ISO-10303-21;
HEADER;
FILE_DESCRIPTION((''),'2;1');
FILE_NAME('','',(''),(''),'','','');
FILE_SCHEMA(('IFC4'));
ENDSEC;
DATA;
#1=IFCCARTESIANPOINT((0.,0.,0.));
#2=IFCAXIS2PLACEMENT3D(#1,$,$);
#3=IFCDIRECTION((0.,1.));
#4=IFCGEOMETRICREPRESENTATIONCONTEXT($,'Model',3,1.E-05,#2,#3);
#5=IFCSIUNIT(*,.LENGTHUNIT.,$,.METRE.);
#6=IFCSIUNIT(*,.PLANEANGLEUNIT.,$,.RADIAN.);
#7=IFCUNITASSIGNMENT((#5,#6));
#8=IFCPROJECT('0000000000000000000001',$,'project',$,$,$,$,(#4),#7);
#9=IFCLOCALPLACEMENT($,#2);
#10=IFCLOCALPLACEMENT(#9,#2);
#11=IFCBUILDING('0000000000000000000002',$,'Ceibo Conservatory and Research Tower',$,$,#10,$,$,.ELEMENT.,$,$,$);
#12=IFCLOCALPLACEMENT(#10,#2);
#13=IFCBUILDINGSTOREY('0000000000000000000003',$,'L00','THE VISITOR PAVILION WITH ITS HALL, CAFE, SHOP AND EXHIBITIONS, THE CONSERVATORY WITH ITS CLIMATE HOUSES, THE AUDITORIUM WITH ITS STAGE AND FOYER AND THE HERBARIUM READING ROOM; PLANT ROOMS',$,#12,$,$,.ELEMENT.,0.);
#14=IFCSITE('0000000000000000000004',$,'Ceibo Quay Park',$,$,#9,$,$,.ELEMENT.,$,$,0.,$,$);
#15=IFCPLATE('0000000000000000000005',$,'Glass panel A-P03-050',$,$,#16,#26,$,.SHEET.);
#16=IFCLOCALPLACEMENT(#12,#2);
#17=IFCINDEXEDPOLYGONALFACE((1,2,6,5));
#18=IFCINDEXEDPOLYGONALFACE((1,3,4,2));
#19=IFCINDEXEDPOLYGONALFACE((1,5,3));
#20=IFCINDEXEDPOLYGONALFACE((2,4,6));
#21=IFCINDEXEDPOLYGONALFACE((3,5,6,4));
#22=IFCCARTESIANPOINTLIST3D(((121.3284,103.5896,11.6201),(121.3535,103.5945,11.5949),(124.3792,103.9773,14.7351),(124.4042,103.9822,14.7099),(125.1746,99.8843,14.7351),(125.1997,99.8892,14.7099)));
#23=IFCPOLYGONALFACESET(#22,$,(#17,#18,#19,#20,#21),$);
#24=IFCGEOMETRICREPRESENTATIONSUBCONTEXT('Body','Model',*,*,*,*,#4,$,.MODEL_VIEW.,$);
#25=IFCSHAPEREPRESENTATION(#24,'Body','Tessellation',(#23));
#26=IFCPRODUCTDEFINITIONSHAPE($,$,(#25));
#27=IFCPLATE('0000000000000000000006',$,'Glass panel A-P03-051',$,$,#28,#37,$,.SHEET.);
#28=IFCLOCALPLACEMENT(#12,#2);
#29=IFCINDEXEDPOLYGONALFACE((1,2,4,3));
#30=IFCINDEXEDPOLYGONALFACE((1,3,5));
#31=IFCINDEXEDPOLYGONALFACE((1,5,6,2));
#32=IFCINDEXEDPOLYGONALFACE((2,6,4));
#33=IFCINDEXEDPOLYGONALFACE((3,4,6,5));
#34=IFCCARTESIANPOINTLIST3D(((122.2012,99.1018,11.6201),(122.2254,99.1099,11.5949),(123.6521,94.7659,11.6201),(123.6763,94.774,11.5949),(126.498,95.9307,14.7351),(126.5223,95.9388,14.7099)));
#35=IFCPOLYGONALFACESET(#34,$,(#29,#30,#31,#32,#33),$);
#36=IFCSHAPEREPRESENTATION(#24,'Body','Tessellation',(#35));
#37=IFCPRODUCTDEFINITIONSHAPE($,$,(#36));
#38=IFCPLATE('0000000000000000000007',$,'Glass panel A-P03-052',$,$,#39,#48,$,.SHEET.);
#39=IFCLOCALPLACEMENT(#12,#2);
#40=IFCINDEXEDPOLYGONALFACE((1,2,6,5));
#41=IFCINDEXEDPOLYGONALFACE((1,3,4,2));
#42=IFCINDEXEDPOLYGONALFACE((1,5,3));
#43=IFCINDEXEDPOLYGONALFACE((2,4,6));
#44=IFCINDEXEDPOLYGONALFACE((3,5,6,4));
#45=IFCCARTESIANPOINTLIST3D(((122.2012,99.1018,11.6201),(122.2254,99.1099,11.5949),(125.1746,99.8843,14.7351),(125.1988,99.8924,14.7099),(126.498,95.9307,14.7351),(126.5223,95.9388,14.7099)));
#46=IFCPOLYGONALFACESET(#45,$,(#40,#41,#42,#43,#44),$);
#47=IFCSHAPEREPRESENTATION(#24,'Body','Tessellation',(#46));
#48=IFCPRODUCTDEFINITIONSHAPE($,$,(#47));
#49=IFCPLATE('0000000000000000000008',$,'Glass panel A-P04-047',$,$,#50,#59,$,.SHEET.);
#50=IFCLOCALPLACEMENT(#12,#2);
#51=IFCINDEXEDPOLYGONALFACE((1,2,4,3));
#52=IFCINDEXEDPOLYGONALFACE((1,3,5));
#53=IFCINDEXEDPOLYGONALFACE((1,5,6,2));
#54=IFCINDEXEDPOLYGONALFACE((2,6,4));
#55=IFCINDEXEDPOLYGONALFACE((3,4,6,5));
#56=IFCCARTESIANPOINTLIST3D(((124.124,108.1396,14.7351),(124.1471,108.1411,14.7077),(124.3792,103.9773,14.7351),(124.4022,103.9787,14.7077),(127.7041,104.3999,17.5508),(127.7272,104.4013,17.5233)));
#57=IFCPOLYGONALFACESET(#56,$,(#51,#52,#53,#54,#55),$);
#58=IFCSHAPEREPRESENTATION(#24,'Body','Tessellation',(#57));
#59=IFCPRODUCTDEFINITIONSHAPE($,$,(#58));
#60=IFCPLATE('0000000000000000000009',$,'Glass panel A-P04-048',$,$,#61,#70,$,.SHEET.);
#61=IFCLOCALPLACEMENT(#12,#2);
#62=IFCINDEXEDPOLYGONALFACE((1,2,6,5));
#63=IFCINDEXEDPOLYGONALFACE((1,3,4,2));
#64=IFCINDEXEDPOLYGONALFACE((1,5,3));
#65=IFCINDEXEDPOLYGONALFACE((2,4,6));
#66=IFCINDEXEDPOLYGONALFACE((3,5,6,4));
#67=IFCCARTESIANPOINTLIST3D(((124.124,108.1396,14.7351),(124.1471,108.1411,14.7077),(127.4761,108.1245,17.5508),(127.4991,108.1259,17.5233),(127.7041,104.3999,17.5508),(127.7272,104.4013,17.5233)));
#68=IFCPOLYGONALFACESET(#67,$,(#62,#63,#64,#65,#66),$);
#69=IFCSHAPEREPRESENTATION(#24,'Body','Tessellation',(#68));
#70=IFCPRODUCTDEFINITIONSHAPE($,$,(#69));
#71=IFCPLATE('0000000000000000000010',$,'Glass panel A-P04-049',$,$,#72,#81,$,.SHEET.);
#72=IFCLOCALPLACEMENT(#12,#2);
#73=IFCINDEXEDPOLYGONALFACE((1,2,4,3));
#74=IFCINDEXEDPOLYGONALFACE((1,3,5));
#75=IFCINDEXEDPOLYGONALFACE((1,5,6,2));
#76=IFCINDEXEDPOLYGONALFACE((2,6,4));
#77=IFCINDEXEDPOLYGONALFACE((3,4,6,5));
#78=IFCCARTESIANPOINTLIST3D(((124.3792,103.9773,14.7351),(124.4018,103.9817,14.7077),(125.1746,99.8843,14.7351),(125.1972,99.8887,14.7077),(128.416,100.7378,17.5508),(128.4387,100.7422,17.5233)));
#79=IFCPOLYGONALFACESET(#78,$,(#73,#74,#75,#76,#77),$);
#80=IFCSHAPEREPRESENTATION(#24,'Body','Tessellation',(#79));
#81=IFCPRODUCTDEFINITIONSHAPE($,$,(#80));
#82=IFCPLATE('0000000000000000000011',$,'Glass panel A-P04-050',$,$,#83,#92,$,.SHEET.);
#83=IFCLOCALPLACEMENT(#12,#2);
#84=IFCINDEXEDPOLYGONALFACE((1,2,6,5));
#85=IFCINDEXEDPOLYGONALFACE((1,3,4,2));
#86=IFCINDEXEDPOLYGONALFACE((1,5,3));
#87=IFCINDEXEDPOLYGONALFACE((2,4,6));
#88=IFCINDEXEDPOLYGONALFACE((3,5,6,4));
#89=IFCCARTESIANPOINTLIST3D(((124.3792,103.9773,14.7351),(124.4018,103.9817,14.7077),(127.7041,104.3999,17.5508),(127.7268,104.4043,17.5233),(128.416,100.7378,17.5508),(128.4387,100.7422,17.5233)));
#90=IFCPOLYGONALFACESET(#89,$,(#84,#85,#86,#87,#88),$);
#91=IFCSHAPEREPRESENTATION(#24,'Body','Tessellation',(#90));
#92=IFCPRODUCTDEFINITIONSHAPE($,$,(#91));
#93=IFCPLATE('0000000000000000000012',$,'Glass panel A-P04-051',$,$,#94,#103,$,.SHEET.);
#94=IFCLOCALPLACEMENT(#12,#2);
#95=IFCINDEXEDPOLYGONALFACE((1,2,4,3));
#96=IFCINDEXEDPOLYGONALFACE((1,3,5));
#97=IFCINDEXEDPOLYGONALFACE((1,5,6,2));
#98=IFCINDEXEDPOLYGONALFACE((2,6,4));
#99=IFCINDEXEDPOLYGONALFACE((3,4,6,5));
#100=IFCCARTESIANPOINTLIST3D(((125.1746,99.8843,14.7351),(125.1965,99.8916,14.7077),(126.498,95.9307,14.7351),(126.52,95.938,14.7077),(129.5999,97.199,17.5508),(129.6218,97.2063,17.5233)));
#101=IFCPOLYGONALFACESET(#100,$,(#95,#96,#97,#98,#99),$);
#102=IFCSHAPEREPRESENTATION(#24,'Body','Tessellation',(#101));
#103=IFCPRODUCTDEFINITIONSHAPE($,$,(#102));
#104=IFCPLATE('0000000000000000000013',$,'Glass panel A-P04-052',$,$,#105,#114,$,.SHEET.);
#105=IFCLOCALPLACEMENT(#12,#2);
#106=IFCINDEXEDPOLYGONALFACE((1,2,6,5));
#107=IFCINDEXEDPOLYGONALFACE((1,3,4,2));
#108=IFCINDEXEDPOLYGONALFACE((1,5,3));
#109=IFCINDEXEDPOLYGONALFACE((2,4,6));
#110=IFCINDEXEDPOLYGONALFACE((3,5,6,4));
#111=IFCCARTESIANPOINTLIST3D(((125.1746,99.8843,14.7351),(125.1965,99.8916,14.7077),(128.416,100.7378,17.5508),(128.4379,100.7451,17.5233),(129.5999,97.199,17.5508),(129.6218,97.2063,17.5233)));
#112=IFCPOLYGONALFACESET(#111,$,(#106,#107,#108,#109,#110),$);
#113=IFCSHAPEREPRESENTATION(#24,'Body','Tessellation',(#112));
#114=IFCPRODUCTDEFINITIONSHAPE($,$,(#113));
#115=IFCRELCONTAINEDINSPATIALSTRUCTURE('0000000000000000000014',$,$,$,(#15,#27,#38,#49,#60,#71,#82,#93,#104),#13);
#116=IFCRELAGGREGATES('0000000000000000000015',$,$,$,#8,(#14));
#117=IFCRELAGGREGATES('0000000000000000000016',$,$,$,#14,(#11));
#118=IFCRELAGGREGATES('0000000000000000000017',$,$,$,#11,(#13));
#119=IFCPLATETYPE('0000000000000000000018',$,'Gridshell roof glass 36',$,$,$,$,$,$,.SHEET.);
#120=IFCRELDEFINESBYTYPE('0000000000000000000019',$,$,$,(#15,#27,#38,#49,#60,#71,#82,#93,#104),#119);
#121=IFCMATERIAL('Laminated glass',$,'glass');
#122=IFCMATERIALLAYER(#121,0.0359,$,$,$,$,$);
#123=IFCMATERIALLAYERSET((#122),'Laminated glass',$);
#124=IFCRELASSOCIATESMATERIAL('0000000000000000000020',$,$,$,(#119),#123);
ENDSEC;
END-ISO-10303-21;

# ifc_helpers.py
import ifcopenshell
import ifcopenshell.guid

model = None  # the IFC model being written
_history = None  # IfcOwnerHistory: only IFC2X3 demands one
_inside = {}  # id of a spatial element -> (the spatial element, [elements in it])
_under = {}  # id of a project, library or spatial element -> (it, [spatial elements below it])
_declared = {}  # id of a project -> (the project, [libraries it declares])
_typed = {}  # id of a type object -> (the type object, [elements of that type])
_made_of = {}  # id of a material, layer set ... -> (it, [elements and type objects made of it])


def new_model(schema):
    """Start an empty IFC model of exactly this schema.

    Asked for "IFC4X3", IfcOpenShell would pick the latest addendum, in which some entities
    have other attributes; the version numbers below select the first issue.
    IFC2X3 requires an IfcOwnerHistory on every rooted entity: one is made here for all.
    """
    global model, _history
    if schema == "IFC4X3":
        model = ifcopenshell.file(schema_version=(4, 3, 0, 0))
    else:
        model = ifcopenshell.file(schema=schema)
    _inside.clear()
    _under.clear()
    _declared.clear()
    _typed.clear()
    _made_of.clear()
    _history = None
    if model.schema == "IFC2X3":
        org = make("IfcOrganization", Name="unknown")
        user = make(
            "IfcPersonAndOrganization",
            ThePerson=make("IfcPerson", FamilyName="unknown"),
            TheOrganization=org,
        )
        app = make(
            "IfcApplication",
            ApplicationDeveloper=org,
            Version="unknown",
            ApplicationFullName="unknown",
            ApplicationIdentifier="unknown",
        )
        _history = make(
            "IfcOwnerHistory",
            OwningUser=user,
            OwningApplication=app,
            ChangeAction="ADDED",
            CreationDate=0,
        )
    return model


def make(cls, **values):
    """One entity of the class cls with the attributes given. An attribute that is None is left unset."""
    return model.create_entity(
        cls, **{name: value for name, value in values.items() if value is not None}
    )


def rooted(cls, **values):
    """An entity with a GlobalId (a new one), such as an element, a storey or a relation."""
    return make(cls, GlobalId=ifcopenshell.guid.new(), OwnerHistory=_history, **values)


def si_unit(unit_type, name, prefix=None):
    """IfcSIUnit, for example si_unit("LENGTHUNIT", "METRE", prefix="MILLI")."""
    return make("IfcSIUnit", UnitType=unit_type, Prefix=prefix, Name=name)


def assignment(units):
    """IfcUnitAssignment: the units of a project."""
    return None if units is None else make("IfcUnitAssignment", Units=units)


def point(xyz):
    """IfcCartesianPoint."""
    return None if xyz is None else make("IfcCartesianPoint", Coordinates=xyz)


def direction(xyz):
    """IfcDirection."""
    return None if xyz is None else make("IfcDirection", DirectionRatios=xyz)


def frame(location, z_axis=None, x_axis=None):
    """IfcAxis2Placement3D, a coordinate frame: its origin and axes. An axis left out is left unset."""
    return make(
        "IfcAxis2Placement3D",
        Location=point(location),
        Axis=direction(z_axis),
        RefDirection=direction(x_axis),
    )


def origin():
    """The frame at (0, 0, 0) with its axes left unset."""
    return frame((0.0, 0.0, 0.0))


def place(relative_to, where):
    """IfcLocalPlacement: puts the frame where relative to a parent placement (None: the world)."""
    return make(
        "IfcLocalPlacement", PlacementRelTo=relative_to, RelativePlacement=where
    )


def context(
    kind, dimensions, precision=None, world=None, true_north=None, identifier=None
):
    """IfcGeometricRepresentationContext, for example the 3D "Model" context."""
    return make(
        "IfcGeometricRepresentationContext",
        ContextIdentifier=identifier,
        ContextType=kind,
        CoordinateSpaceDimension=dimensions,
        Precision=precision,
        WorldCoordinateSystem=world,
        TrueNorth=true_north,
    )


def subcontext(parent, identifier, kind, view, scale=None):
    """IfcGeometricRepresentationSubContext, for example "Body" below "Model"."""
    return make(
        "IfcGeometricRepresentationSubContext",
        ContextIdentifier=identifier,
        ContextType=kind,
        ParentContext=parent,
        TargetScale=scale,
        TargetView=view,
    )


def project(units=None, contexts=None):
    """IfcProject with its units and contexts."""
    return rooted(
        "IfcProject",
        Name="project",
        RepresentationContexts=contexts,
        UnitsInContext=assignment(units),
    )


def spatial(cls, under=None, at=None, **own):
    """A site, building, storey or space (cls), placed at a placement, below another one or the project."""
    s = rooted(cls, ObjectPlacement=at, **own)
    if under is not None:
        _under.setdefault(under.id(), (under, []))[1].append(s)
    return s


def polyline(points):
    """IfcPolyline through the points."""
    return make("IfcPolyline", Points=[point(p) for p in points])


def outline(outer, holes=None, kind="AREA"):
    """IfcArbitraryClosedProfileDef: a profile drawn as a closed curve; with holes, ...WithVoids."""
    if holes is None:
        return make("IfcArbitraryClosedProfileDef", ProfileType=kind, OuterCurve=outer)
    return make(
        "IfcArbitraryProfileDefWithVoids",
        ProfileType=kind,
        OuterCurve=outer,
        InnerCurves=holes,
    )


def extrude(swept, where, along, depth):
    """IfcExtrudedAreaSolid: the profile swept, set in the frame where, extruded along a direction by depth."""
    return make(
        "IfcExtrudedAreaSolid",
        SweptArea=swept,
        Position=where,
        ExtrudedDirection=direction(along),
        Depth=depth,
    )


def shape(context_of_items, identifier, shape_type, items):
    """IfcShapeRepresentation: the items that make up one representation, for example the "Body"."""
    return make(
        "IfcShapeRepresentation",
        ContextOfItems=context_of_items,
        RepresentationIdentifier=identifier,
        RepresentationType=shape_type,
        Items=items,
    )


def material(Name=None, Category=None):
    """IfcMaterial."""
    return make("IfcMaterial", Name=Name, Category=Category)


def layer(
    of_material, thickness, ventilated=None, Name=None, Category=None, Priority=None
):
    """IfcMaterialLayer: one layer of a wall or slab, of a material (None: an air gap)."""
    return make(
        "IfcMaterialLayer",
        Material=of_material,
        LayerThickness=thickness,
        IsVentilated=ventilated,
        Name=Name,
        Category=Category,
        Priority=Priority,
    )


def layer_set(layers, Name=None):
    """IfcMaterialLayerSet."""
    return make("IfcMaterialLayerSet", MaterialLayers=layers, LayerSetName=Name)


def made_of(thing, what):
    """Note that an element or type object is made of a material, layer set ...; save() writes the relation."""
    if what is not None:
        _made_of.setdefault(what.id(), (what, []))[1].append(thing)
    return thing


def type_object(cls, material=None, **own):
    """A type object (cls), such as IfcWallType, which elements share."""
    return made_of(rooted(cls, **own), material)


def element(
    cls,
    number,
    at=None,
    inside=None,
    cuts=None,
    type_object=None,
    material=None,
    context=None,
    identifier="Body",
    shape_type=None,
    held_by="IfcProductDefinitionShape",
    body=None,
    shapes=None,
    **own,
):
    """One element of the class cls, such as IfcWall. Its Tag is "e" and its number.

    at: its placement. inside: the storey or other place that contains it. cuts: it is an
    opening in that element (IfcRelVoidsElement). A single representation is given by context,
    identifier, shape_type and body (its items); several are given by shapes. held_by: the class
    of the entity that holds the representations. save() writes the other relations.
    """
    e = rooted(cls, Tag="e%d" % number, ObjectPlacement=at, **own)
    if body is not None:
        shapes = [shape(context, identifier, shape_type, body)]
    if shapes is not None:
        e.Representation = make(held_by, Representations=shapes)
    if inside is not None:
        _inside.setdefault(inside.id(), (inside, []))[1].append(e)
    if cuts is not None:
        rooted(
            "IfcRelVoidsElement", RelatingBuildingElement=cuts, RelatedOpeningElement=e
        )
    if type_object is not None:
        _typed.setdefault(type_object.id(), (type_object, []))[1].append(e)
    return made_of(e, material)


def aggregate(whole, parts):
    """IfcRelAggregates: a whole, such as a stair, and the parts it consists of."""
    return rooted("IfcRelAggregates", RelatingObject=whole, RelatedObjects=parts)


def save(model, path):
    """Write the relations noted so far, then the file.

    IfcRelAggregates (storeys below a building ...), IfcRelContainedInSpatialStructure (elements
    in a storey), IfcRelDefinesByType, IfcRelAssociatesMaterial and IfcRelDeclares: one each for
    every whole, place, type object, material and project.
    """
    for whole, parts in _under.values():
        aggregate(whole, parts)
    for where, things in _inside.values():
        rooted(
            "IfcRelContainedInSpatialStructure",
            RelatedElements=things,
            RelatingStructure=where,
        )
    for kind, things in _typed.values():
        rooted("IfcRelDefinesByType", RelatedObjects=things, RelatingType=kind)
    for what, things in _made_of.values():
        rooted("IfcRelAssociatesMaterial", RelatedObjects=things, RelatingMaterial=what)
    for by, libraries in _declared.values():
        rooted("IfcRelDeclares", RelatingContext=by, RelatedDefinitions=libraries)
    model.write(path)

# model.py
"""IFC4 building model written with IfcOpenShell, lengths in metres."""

from ifc_helpers import new_model, si_unit, direction, frame, origin, place, context, subcontext, project, spatial, polyline, outline, extrude, material, layer, layer_set, type_object, element, save


model = new_model("IFC4")

# Units and contexts
model_context = context("Model", 3, precision=1e-05, world=origin(), true_north=direction((0.0, 1.0)))
body_context = subcontext(model_context, "Body", "Model", "MODEL_VIEW")
ifc_project = project(units=[si_unit("LENGTHUNIT", "METRE"), si_unit("PLANEANGLEUNIT", "RADIAN")], contexts=[model_context])

# Site, building, storey
site_placement = place(None, origin())
site = spatial("IfcSite", under=ifc_project, at=site_placement, Name="Ceibo Quay Park", CompositionType="ELEMENT", RefElevation=0.0)
building_placement = place(site_placement, origin())
building = spatial("IfcBuilding", under=site, at=building_placement, Name="Ceibo Conservatory and Research Tower", CompositionType="ELEMENT")
storey_placement = place(building_placement, origin())
storey = spatial("IfcBuildingStorey", under=building, at=storey_placement, Name="L00", Description="THE VISITOR PAVILION WITH ITS HALL, CAFE, SHOP AND EXHIBITIONS, THE CONSERVATORY WITH ITS CLIMATE HOUSES, THE AUDITORIUM WITH ITS STAGE AND FOYER AND THE HERBARIUM READING ROOM; PLANT ROOMS", CompositionType="ELEMENT", Elevation=0.0)

# Plates
ifc_material_1 = material(Name="Laminated glass", Category="glass")
ifc_layer = layer(ifc_material_1, 0.0359)
ifc_layer_set = layer_set([ifc_layer], Name="Laminated glass")
plate_type = type_object("IfcPlateType", Name="Gridshell roof glass 36", PredefinedType="SHEET", material=ifc_layer_set)
plate_1_placement = place(storey_placement, frame((121.3284, 103.5896, 11.6201), z_axis=(-0.699296, -0.135897, 0.701796), x_axis=(0.622089, -0.599305, 0.503824)))
element("IfcPlate", 1, at=plate_1_placement, inside=storey, type_object=plate_type, Name="Glass panel A-P03-050", PredefinedType="SHEET", context=body_context, shape_type="SweptSolid", body=[
    extrude(outline(polyline([(0.0, 0.0), (6.1827, 0.0), (3.2349, 2.9489), (0.0, 0.0)])), origin(), (0.0, 0.0, -1.0), 0.0359),
])
plate_2_placement = place(storey_placement, frame((122.2012, 99.1018, 11.6201), z_axis=(-0.675584, -0.22607, 0.701768), x_axis=(0.317333, -0.948314, 0.0)))
element("IfcPlate", 2, at=plate_2_placement, inside=storey, type_object=plate_type, Name="Glass panel A-P03-051", PredefinedType="SHEET", context=body_context, shape_type="SweptSolid", body=[
    extrude(outline(polyline([(0.0, 0.0), (4.5723, 0.0), (4.3708, 4.3725), (0.0, 0.0)])), origin(), (0.0, 0.0, -1.0), 0.0359),
])
plate_3_placement = place(storey_placement, frame((122.2012, 99.1018, 11.6201), z_axis=(-0.675612, -0.226164, 0.701711), x_axis=(0.695014, -0.512928, 0.503846)))
element("IfcPlate", 3, at=plate_3_placement, inside=storey, type_object=plate_type, Name="Glass panel A-P03-052", PredefinedType="SHEET", context=body_context, shape_type="SweptSolid", body=[
    extrude(outline(polyline([(0.0, 0.0), (6.1824, 0.0), (3.2347, 2.9485), (0.0, 0.0)])), origin(), (0.0, 0.0, -1.0), 0.0359),
])
plate_4_placement = place(storey_placement, frame((124.124, 108.1396, 14.7351), z_axis=(-0.642821, -0.039401, 0.765003), x_axis=(0.061179, -0.998127, 0.0)))
element("IfcPlate", 4, at=plate_4_placement, inside=storey, type_object=plate_type, Name="Glass panel A-P04-047", PredefinedType="SHEET", context=body_context, shape_type="SweptSolid", body=[
    extrude(outline(polyline([(0.0, 0.0), (4.1702, 0.0), (3.9518, 4.372), (0.0, 0.0)])), origin(), (0.0, 0.0, -1.0), 0.0359),
])
plate_5_placement = place(storey_placement, frame((124.124, 108.1396, 14.7351), z_axis=(-0.642792, -0.039353, 0.76503), x_axis=(0.607485, -0.634579, 0.477778)))
element("IfcPlate", 5, at=plate_5_placement, inside=storey, type_object=plate_type, Name="Glass panel A-P04-048", PredefinedType="SHEET", context=body_context, shape_type="SweptSolid", body=[
    extrude(outline(polyline([(0.0, 0.0), (5.8933, 0.0), (3.3912, 2.7684), (0.0, 0.0)])), origin(), (0.0, 0.0, -1.0), 0.0359),
])
plate_6_placement = place(storey_placement, frame((124.3792, 103.9773, 14.7351), z_axis=(-0.632181, -0.122854, 0.765019), x_axis=(0.190765, -0.981636, 0.0)))
element("IfcPlate", 6, at=plate_6_placement, inside=storey, type_object=plate_type, Name="Glass panel A-P04-049", PredefinedType="SHEET", context=body_context, shape_type="SweptSolid", body=[
    extrude(outline(polyline([(0.0, 0.0), (4.1696, 0.0), (3.9501, 4.3721), (0.0, 0.0)])), origin(), (0.0, 0.0, -1.0), 0.0359),
])
plate_7_placement = place(storey_placement, frame((124.3792, 103.9773, 14.7351), z_axis=(-0.632201, -0.1229, 0.764995), x_axis=(0.685114, -0.54979, 0.47786)))
element("IfcPlate", 7, at=plate_7_placement, inside=storey, type_object=plate_type, Name="Glass panel A-P04-050", PredefinedType="SHEET", context=body_context, shape_type="SweptSolid", body=[
    extrude(outline(polyline([(0.0, 0.0), (5.8923, 0.0), (3.3911, 2.7681), (0.0, 0.0)])), origin(), (0.0, 0.0, -1.0), 0.0359),
])
plate_8_placement = place(storey_placement, frame((125.1746, 99.8843, 14.7351), z_axis=(-0.61078, -0.204461, 0.764947), x_axis=(0.31744, -0.948278, 0.0)))
element("IfcPlate", 8, at=plate_8_placement, inside=storey, type_object=plate_type, Name="Glass panel A-P04-051", PredefinedType="SHEET", context=body_context, shape_type="SweptSolid", body=[
    extrude(outline(polyline([(0.0, 0.0), (4.1693, 0.0), (3.9512, 4.3715), (0.0, 0.0)])), origin(), (0.0, 0.0, -1.0), 0.0359),
])
plate_9_placement = place(storey_placement, frame((125.1746, 99.8843, 14.7351), z_axis=(-0.610736, -0.204309, 0.765023), x_axis=(0.750999, -0.455712, 0.477837)))
element("IfcPlate", 9, at=plate_9_placement, inside=storey, type_object=plate_type, Name="Glass panel A-P04-052", PredefinedType="SHEET", context=body_context, shape_type="SweptSolid", body=[
    extrude(outline(polyline([(0.0, 0.0), (5.8925, 0.0), (3.3908, 2.7688), (0.0, 0.0)])), origin(), (0.0, 0.0, -1.0), 0.0359),
])

save(model, "model.ifc")
